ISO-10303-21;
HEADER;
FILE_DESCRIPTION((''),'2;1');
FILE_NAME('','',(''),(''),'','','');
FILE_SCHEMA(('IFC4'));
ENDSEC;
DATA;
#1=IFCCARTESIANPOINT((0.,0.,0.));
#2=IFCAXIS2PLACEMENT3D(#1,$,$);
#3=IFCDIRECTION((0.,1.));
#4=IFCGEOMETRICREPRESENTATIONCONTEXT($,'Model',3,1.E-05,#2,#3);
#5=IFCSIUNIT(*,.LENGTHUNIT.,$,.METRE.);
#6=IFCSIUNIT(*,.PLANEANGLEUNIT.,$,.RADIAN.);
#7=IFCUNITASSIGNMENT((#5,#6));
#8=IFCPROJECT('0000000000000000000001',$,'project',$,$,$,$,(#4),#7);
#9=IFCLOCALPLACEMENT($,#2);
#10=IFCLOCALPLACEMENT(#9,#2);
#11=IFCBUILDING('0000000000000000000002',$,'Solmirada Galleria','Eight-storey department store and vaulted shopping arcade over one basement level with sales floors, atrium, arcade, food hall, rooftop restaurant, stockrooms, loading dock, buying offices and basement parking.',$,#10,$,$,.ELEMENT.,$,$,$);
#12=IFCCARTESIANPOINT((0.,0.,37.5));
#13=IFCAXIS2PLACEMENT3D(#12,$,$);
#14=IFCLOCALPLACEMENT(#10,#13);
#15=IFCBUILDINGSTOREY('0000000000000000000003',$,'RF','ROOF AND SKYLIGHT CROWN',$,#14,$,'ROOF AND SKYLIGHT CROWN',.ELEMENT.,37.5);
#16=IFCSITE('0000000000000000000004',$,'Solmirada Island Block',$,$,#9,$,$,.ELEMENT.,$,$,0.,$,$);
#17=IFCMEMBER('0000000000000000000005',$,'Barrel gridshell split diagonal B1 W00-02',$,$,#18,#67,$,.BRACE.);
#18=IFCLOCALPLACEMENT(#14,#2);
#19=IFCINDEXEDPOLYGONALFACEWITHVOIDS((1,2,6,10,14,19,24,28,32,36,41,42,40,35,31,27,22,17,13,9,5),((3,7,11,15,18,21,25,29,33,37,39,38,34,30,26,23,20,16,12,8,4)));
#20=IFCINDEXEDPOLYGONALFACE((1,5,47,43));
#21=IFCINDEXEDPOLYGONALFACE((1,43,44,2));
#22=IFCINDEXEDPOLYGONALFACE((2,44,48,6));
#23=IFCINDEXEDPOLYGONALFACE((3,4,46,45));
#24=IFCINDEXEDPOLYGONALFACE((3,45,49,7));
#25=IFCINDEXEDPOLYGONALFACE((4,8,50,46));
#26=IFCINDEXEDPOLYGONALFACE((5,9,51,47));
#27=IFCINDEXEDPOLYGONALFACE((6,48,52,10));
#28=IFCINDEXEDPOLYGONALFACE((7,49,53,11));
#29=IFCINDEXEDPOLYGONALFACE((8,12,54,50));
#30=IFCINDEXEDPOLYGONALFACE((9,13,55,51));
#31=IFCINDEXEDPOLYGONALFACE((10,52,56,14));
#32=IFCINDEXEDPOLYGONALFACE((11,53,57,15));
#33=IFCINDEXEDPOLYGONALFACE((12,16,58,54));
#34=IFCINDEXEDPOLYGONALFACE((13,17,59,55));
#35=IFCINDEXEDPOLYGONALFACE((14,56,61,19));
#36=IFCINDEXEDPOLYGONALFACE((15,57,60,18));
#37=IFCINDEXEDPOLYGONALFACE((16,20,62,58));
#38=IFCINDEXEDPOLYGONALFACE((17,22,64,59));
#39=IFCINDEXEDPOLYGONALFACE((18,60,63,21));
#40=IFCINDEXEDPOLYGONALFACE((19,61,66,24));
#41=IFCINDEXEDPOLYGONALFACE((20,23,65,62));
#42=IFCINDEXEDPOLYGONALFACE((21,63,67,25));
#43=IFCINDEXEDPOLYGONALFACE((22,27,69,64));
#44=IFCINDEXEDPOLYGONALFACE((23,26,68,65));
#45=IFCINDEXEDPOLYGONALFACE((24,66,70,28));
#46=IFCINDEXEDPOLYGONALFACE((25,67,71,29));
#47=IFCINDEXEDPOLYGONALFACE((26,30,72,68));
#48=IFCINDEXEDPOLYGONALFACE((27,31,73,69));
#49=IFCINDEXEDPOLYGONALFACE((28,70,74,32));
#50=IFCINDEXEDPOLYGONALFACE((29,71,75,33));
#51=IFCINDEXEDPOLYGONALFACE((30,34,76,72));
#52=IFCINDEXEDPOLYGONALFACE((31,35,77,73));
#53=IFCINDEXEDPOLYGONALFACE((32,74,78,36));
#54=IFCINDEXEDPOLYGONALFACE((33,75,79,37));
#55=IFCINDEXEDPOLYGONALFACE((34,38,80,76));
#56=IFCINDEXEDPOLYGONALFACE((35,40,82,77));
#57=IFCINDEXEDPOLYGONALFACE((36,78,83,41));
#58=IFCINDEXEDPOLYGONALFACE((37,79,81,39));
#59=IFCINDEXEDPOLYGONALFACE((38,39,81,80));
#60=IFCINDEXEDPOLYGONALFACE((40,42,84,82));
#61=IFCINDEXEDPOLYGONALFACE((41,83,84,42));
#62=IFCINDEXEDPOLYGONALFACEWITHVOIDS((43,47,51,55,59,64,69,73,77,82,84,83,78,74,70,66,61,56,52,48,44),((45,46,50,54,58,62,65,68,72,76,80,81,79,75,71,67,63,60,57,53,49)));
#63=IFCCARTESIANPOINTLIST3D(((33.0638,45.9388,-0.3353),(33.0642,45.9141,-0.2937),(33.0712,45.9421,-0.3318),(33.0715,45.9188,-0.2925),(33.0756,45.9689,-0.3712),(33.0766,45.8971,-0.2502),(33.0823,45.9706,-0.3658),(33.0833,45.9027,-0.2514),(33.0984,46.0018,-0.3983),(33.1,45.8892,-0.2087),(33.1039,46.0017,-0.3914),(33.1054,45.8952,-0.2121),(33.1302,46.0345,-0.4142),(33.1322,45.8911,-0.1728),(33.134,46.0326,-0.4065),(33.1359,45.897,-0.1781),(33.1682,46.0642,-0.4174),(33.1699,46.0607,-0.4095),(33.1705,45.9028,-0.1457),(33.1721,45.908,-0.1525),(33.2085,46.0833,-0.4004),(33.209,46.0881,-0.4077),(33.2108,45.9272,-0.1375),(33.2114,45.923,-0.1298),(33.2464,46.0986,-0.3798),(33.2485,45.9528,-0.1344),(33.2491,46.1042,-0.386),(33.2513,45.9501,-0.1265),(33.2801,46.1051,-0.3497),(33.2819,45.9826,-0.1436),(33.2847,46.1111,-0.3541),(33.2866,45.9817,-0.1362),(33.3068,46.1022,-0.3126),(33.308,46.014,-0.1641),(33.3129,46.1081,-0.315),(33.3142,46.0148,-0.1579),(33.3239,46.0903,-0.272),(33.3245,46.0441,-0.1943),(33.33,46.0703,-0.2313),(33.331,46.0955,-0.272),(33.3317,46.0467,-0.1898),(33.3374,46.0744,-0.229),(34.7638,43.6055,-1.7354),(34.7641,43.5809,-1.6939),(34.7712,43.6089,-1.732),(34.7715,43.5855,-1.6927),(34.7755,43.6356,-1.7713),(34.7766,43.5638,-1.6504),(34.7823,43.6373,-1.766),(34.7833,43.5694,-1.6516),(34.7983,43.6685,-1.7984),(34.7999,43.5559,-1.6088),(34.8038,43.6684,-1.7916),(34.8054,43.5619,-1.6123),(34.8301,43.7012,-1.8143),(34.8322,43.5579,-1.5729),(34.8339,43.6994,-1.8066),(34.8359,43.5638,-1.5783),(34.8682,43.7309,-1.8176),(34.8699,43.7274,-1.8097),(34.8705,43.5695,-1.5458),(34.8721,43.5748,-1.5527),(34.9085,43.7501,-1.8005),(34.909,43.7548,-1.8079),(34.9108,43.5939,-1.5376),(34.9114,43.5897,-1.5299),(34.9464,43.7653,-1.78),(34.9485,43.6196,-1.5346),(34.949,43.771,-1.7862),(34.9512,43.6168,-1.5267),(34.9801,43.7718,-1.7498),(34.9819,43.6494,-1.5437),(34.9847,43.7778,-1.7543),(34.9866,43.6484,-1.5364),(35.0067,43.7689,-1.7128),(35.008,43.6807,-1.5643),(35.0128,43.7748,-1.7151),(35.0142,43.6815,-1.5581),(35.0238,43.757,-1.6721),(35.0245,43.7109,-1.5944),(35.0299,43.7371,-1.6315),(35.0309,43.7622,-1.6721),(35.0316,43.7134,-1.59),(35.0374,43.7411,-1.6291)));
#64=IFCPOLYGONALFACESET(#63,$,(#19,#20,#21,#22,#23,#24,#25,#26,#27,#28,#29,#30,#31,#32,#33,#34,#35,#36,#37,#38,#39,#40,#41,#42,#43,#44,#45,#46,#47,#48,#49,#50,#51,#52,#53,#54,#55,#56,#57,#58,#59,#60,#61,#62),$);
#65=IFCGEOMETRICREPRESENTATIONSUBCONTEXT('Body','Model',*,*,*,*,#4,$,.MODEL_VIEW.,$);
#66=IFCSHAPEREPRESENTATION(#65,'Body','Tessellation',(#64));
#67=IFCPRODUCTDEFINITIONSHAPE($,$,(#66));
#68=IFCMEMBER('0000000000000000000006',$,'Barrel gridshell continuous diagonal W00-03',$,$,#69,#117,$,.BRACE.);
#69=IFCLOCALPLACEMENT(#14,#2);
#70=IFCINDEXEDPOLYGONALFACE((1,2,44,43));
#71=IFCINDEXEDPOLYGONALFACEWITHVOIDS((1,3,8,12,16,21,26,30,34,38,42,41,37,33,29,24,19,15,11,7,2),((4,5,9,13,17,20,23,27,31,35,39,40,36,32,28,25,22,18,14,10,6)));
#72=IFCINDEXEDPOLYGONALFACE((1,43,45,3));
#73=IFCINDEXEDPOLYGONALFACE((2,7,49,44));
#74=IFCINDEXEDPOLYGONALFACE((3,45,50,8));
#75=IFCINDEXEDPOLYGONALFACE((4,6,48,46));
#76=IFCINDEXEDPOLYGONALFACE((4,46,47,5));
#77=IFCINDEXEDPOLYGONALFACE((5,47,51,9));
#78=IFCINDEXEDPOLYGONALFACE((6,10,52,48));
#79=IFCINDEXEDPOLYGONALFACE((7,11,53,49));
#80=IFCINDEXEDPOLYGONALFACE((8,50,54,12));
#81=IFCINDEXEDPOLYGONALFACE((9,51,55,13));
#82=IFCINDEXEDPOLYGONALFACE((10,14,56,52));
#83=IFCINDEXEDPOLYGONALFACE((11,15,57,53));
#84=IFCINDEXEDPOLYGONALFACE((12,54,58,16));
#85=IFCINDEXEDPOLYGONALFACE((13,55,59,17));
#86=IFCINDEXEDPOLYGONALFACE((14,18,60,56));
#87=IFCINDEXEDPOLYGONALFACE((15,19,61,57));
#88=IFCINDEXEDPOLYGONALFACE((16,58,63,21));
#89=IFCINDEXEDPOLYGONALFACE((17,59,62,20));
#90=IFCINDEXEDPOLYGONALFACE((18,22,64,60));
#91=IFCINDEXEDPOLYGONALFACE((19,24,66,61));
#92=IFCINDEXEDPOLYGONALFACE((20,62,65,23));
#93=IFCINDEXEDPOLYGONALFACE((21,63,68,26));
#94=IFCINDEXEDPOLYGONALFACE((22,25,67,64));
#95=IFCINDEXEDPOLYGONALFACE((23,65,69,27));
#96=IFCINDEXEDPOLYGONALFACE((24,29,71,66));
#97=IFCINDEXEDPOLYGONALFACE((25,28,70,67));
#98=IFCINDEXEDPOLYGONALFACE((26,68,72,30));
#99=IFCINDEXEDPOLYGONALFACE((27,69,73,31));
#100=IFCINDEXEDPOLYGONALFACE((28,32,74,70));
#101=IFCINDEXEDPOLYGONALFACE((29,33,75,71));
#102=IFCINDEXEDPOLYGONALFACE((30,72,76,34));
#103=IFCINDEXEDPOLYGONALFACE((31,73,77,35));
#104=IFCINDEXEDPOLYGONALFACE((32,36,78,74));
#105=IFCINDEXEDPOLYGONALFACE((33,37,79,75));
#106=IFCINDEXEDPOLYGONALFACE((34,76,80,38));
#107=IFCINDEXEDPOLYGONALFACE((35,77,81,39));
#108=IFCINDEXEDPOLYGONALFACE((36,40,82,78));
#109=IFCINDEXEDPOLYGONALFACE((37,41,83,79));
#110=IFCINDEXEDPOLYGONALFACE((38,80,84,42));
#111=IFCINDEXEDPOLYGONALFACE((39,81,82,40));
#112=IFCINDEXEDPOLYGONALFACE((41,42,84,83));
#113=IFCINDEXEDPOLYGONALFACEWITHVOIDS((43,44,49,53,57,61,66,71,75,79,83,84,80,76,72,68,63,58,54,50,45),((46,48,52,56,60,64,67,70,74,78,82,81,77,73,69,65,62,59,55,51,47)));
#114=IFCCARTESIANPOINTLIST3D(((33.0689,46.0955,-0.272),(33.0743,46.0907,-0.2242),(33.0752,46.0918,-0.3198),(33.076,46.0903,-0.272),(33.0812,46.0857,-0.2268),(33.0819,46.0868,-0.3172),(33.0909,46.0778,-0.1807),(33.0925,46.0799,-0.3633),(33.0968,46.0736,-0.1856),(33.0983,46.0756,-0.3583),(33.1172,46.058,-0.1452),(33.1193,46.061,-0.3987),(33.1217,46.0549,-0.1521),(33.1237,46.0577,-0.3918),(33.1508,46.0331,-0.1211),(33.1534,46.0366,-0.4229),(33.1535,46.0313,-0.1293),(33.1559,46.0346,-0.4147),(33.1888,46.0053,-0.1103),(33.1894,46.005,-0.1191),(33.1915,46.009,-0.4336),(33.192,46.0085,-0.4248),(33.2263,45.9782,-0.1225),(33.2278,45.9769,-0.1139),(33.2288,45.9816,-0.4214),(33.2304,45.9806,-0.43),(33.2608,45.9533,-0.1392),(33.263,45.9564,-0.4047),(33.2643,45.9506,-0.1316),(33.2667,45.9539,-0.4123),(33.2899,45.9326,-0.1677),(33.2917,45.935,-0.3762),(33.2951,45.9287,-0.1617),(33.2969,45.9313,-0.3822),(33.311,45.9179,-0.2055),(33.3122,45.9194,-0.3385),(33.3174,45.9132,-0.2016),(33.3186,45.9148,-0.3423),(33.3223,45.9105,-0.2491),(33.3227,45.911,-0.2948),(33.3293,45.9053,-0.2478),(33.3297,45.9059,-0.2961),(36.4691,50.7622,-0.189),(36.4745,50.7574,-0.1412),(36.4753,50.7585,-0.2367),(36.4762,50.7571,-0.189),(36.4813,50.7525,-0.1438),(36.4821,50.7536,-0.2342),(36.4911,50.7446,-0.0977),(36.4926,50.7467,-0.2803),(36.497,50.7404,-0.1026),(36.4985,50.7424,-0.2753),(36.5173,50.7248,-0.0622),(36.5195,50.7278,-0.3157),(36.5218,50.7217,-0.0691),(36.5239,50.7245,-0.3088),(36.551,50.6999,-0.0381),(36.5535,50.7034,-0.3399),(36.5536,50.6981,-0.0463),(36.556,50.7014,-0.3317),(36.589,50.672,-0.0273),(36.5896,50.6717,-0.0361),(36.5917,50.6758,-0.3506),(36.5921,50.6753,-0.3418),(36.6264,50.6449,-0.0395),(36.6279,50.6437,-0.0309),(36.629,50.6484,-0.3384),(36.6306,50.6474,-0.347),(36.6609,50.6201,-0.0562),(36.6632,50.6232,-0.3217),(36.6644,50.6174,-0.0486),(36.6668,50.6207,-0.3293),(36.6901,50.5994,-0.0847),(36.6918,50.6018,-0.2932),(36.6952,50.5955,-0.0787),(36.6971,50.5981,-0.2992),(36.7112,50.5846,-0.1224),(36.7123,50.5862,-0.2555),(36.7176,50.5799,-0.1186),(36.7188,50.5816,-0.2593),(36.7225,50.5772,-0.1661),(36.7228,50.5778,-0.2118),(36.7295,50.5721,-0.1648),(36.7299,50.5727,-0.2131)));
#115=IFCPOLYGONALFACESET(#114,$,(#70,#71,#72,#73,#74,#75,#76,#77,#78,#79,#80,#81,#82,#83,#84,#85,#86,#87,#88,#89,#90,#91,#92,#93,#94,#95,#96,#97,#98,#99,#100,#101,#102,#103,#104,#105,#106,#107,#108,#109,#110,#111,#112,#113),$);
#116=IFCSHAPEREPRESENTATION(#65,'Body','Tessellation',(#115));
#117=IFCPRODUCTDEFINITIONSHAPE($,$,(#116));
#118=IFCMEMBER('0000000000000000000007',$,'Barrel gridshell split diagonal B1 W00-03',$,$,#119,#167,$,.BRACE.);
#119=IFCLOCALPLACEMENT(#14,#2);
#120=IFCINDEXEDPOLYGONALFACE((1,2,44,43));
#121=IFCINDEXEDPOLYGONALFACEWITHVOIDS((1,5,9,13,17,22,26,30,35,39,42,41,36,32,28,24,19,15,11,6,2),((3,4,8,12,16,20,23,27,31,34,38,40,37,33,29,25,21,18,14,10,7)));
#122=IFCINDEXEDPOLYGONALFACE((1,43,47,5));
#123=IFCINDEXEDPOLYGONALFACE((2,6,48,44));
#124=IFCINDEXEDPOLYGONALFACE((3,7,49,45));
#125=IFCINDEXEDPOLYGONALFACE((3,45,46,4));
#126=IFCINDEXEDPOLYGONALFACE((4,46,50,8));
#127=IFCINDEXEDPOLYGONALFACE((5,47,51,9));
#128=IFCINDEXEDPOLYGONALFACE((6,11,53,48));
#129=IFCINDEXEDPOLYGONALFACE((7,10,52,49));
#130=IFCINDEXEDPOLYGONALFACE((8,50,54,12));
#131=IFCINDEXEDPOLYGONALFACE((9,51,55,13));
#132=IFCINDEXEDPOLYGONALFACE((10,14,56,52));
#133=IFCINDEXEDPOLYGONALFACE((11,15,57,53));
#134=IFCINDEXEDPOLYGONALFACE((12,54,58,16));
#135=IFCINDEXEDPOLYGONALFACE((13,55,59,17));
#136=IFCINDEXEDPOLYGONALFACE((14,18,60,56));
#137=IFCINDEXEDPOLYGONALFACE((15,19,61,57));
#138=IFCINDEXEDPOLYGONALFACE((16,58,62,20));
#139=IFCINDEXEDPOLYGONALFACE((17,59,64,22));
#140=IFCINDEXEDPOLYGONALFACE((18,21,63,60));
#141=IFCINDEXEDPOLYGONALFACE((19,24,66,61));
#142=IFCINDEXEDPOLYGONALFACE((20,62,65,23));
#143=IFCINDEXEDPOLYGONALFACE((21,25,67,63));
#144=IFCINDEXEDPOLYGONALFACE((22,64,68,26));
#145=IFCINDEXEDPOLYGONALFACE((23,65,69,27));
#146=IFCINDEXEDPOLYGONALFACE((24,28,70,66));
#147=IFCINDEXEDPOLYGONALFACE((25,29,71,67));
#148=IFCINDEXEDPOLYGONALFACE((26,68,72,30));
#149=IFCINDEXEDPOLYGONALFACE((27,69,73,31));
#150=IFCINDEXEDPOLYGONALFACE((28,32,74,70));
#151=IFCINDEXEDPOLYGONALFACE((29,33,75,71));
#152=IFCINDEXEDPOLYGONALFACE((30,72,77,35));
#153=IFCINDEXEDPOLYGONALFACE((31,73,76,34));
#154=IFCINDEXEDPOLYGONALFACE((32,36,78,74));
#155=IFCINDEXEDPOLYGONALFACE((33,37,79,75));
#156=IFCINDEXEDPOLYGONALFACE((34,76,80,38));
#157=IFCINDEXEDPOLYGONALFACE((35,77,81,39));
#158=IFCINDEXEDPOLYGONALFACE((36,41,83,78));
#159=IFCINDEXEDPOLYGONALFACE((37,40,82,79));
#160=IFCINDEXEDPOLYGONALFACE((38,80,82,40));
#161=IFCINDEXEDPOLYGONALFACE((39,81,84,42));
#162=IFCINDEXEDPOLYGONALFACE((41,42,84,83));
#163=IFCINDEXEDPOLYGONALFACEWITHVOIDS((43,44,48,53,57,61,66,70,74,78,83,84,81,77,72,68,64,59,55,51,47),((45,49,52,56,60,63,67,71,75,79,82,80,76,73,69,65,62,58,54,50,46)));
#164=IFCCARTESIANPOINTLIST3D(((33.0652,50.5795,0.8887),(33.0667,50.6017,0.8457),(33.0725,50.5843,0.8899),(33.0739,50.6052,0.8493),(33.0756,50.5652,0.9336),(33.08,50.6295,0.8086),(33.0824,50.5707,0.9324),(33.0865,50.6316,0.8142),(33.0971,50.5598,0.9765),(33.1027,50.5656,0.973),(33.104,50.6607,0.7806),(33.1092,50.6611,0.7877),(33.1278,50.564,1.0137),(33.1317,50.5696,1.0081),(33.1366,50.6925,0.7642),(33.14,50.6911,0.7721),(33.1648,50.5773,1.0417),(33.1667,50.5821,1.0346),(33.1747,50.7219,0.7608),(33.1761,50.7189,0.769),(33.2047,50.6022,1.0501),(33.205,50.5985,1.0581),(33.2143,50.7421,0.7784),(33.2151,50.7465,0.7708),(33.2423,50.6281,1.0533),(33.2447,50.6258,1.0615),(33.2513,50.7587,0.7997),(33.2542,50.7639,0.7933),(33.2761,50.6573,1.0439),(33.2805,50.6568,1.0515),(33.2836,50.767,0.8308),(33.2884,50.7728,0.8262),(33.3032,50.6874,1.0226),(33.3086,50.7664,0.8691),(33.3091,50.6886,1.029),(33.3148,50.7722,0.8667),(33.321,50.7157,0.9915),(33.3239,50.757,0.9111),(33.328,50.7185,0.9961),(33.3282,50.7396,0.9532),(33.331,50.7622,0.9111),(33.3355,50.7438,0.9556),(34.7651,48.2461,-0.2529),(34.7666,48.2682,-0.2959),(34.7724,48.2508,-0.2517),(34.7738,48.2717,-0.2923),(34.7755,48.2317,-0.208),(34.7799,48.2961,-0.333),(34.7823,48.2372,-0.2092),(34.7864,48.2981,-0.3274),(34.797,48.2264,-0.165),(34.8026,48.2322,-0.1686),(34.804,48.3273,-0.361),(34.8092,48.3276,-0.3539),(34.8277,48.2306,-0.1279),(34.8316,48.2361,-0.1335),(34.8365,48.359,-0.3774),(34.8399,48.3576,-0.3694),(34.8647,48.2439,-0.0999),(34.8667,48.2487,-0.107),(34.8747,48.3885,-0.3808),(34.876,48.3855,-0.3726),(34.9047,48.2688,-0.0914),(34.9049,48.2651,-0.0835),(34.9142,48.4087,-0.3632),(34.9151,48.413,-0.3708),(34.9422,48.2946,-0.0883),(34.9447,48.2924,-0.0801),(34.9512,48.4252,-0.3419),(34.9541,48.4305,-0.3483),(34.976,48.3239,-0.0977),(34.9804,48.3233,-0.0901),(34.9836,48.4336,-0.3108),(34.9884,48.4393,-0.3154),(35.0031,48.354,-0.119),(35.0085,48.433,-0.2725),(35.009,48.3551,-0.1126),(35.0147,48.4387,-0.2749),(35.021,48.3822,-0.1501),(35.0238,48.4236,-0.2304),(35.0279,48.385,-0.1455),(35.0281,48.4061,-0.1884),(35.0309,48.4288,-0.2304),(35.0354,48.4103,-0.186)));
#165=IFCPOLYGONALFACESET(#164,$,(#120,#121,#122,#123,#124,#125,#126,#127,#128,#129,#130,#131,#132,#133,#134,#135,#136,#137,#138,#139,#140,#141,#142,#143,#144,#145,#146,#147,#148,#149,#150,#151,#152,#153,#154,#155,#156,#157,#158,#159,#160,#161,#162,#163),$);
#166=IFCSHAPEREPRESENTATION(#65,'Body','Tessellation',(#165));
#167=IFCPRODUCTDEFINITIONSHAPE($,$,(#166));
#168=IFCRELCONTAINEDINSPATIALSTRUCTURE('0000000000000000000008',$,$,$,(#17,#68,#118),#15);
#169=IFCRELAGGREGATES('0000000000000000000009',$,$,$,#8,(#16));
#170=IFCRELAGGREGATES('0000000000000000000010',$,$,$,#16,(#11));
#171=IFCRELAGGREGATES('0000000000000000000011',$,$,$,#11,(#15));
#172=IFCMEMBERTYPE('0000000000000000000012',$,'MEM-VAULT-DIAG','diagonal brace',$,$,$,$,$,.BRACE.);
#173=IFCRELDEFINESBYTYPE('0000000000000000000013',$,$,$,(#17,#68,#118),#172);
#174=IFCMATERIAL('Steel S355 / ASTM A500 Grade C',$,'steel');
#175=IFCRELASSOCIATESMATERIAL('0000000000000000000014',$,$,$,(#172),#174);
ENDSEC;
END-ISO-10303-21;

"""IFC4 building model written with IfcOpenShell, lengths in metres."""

from ifc_helpers import new_model, si_unit, direction, frame, origin, origin_2d, place, context, subcontext, project, spatial, hollow_circle, extrude, material, material_profile, profile_set, type_object, element, save


model = new_model("IFC4")

# Units and contexts
model_context = context("Model", 3, precision=1e-05, world=origin(), true_north=direction((0.0, 1.0)))
body_context = subcontext(model_context, "Body", "Model", "MODEL_VIEW")
ifc_project = project(units=[si_unit("LENGTHUNIT", "METRE"), si_unit("PLANEANGLEUNIT", "RADIAN")], contexts=[model_context])

# Site, building, storey
site_placement = place(None, origin())
site = spatial("IfcSite", under=ifc_project, at=site_placement, Name="Solmirada Island Block", CompositionType="ELEMENT", RefElevation=0.0)
building_placement = place(site_placement, origin())
building = spatial("IfcBuilding", under=site, at=building_placement, Name="Solmirada Galleria", Description="Eight-storey department store and vaulted shopping arcade over one basement level with sales floors, atrium, arcade, food hall, rooftop restaurant, stockrooms, loading dock, buying offices and basement parking.", CompositionType="ELEMENT")
storey_placement = place(building_placement, frame((0.0, 0.0, 37.5)))
storey = spatial("IfcBuildingStorey", under=building, at=storey_placement, Name="RF", Description="ROOF AND SKYLIGHT CROWN", LongName="ROOF AND SKYLIGHT CROWN", CompositionType="ELEMENT", Elevation=37.5)

# Members
ifc_material_1 = material(Name="Steel S355 / ASTM A500 Grade C", Category="steel")
ifc_material_profile_1 = material_profile(ifc_material_1, hollow_circle(Radius=0.1621, WallThickness=0.0088, at=origin_2d()), Name="HSS12.750X0.375")
ifc_profile_set_1 = profile_set([ifc_material_profile_1], Name="Steel S355 / ASTM A500 Grade C")
member_type_1 = type_object("IfcMemberType", Name="MEM-VAULT-DIAG", Description="diagonal brace", PredefinedType="BRACE", material=ifc_profile_set_1)
member_1_placement = place(storey_placement, frame((33.2, 46.0, -0.272), z_axis=(0.529832, -0.727215, -0.43639), x_axis=(0.808235, 0.58886, 0.0)))
element("IfcMember", 1, at=member_1_placement, inside=storey, type_object=member_type_1, Name="Barrel gridshell split diagonal B1 W00-02", PredefinedType="BRACE", context=body_context, shape_type="SweptSolid", body=[
    extrude(hollow_circle(Radius=0.1621, WallThickness=0.0088, at=origin_2d()), origin(), (0.0, 0.0, 1.0), 3.2085),
])
member_2_placement = place(storey_placement, frame((33.2, 46.0, -0.272), z_axis=(0.588807, 0.808146, 0.014375), x_axis=(-0.808229, 0.588868, 0.0)))
element("IfcMember", 2, at=member_2_placement, inside=storey, type_object=member_type_1, Name="Barrel gridshell continuous diagonal W00-03", PredefinedType="BRACE", context=body_context, shape_type="SweptSolid", body=[
    extrude(hollow_circle(Radius=0.1621, WallThickness=0.0088, at=origin_2d()), origin(), (0.0, 0.0, 1.0), 5.7747),
])
for number, where, z_axis, x_axis, name in (
    (3, (33.2, 50.6667, 0.9111), (0.547566, -0.751635, -0.367718), (0.808264, 0.58882, 0.0), "Barrel gridshell split diagonal B1 W00-03"),
):
    element("IfcMember", number, at=place(storey_placement, frame(where, z_axis=z_axis, x_axis=x_axis)), inside=storey, type_object=member_type_1, Name=name, PredefinedType="BRACE", context=body_context, shape_type="SweptSolid", body=[
        extrude(hollow_circle(Radius=0.1621, WallThickness=0.0088, at=origin_2d()), origin(), (0.0, 0.0, 1.0), 3.1045),
    ])

save(model, "model.ifc")
